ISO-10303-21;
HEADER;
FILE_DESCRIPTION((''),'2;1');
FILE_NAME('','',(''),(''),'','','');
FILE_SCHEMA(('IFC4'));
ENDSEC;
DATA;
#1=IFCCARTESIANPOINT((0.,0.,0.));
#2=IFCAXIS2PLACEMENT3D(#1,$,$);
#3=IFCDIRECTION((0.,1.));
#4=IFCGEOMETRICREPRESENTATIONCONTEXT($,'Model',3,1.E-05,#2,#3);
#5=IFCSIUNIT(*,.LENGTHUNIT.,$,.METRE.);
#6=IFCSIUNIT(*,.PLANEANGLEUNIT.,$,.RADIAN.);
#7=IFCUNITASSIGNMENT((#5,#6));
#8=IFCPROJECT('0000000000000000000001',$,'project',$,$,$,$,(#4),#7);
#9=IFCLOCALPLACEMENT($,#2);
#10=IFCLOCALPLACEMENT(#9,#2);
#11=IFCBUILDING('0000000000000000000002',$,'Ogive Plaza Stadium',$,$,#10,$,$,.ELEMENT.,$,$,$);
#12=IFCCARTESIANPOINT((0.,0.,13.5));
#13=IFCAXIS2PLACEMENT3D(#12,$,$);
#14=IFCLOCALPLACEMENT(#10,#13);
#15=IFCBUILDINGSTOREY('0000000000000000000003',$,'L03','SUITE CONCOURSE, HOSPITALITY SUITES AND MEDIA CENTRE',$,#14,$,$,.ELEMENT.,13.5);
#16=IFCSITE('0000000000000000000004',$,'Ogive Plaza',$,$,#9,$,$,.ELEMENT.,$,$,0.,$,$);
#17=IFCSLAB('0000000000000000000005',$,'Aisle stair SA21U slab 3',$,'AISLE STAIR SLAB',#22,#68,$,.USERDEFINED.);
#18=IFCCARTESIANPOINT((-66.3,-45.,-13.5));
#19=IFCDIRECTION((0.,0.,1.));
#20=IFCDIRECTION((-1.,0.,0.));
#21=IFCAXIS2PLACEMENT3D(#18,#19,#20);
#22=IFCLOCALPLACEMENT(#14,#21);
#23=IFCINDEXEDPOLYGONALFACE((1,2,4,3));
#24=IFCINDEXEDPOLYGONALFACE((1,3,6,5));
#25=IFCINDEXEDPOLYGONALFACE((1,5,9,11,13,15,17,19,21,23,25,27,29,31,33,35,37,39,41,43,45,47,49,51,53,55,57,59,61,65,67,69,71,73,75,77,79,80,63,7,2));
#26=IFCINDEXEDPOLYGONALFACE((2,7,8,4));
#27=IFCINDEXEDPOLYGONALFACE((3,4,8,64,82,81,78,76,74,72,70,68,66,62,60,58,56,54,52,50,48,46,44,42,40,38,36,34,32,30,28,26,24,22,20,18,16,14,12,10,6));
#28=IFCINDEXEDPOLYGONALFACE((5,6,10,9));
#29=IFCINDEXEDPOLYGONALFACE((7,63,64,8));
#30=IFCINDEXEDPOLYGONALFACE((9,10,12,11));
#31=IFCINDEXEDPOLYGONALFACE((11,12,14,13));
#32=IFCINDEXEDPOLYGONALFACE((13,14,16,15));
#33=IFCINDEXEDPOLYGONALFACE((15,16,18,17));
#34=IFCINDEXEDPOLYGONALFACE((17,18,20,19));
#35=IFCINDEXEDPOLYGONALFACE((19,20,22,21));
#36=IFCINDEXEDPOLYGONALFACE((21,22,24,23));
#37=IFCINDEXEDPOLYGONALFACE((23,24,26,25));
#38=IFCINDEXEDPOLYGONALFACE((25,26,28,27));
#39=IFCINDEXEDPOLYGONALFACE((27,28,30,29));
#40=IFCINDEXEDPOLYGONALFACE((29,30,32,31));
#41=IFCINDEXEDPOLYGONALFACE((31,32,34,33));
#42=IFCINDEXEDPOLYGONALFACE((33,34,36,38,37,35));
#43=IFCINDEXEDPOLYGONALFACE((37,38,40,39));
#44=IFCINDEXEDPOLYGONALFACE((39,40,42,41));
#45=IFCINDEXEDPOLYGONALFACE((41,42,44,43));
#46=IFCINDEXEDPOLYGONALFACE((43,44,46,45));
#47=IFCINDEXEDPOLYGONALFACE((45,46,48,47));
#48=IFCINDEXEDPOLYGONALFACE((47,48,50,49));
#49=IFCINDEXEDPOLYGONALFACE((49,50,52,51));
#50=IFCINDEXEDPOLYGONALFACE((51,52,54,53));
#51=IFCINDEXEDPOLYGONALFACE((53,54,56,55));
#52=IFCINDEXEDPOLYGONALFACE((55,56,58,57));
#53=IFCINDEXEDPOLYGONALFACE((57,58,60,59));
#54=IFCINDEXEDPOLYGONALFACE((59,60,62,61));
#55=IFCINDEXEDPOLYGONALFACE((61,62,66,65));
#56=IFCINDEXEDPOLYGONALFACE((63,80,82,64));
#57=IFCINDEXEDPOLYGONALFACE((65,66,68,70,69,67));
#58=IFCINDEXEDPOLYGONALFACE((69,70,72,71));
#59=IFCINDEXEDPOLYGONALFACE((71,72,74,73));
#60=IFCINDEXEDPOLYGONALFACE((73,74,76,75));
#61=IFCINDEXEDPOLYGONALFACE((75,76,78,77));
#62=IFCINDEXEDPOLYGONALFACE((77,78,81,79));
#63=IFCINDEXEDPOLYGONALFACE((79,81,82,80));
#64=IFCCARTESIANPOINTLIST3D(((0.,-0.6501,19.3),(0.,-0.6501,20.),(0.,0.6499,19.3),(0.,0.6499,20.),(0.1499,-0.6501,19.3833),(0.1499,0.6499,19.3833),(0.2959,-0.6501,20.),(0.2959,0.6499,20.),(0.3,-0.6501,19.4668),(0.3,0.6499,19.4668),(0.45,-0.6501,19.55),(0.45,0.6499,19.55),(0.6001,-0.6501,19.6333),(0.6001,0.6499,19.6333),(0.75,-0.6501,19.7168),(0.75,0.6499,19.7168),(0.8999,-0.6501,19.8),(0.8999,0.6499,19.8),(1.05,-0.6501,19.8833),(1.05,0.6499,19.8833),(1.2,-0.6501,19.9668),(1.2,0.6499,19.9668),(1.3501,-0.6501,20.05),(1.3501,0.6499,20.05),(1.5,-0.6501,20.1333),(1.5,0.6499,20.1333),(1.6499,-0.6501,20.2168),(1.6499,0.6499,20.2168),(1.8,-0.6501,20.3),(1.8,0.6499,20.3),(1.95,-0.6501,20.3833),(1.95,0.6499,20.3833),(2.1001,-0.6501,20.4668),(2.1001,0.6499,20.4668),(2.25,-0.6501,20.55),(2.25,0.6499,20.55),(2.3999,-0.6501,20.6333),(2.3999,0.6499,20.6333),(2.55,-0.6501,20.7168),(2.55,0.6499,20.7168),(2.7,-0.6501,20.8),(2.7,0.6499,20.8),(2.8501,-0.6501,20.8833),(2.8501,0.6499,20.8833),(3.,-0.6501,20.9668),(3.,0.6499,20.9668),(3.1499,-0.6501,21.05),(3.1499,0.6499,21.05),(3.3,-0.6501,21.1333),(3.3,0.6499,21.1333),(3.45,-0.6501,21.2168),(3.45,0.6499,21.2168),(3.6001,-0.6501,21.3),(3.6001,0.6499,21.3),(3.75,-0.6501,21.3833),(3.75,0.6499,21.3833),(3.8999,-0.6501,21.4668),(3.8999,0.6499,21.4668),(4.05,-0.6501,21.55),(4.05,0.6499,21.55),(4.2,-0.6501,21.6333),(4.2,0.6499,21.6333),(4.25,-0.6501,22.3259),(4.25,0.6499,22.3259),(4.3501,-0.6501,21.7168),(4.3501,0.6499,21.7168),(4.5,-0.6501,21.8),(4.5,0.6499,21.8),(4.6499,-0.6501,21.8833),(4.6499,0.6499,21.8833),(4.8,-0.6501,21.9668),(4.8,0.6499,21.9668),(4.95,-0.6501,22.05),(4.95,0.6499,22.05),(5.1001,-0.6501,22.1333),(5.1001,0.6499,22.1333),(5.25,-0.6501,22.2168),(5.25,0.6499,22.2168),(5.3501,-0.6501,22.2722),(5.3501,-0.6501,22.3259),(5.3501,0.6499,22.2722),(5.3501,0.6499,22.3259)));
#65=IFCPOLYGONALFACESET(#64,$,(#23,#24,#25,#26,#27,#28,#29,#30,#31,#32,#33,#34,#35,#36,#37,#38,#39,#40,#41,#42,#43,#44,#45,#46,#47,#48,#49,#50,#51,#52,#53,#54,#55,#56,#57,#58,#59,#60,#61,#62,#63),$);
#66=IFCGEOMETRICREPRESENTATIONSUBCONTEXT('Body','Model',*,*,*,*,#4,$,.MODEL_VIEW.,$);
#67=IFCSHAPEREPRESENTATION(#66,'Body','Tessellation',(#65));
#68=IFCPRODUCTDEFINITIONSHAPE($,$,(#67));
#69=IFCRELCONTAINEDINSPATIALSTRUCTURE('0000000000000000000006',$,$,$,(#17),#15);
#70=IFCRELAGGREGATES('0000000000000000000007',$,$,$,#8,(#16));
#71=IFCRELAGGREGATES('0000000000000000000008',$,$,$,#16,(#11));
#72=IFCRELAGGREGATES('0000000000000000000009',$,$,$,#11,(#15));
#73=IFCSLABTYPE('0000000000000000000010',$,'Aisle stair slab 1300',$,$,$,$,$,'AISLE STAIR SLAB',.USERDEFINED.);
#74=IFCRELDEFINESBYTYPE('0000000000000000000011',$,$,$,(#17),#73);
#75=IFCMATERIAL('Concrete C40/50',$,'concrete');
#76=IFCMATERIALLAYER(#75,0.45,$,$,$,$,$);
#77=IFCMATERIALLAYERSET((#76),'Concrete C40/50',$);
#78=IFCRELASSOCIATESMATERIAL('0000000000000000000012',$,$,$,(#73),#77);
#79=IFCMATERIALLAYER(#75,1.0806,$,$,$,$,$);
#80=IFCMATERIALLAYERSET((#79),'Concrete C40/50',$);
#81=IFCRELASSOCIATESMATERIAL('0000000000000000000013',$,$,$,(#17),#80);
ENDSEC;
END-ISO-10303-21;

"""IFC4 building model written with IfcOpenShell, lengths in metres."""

from ifc_helpers import new_model, si_unit, direction, frame, origin, place, context, subcontext, project, spatial, polyline, outline, extrude, material, layer, layer_set, type_object, element, save


model = new_model("IFC4")

# Units and contexts
model_context = context("Model", 3, precision=1e-05, world=origin(), true_north=direction((0.0, 1.0)))
body_context = subcontext(model_context, "Body", "Model", "MODEL_VIEW")
ifc_project = project(units=[si_unit("LENGTHUNIT", "METRE"), si_unit("PLANEANGLEUNIT", "RADIAN")], contexts=[model_context])

# Site, building, storey
site_placement = place(None, origin())
site = spatial("IfcSite", under=ifc_project, at=site_placement, Name="Ogive Plaza", CompositionType="ELEMENT", RefElevation=0.0)
building_placement = place(site_placement, origin())
building = spatial("IfcBuilding", under=site, at=building_placement, Name="Ogive Plaza Stadium", CompositionType="ELEMENT")
storey_placement = place(building_placement, frame((0.0, 0.0, 13.5)))
storey = spatial("IfcBuildingStorey", under=building, at=storey_placement, Name="L03", Description="SUITE CONCOURSE, HOSPITALITY SUITES AND MEDIA CENTRE", CompositionType="ELEMENT", Elevation=13.5)

# Slab
ifc_material_1 = material(Name="Concrete C40/50", Category="concrete")
ifc_layer_1 = layer(ifc_material_1, 1.0806)
ifc_layer_set_1 = layer_set([ifc_layer_1], Name="Concrete C40/50")
ifc_layer_2 = layer(ifc_material_1, 0.45)
ifc_layer_set_2 = layer_set([ifc_layer_2], Name="Concrete C40/50")
slab_type = type_object("IfcSlabType", Name="Aisle stair slab 1300", ElementType="AISLE STAIR SLAB", PredefinedType="USERDEFINED", material=ifc_layer_set_2)
slab_placement = place(storey_placement, frame((-66.3, -45.0, -13.5), z_axis=(0.0, 0.0, 1.0), x_axis=(-1.0, 0.0, 0.0)))
element("IfcSlab", 1, at=slab_placement, inside=storey, type_object=slab_type, material=ifc_layer_set_1, Name="Aisle stair SA21U slab 3", ObjectType="AISLE STAIR SLAB", PredefinedType="USERDEFINED", context=body_context, shape_type="SweptSolid", body=[
    extrude(outline(polyline([(0.0, 20.0), (0.2959, 20.0), (4.25, 22.3259), (5.3501, 22.3259), (5.3501, 22.2722), (5.25, 22.2168), (5.1001, 22.1333), (4.95, 22.05), (4.8, 21.9668), (4.6499, 21.8833), (4.5, 21.8), (4.3501, 21.7168), (4.2, 21.6333), (4.05, 21.55), (3.8999, 21.4668), (3.75, 21.3833), (3.6001, 21.3), (3.45, 21.2168), (3.3, 21.1333), (3.1499, 21.05), (3.0, 20.9668), (2.8501, 20.8833), (2.7, 20.8), (2.55, 20.7168), (2.3999, 20.6333), (2.25, 20.55), (2.1001, 20.4668), (1.95, 20.3833), (1.8, 20.3), (1.6499, 20.2168), (1.5, 20.1333), (1.3501, 20.05), (1.2, 19.9668), (1.05, 19.8833), (0.8999, 19.8), (0.75, 19.7168), (0.6001, 19.6333), (0.45, 19.55), (0.3, 19.4668), (0.1499, 19.3833), (0.0, 19.3), (0.0, 20.0)])), frame((0.0, 0.6499, 0.0), z_axis=(0.0, -1.0, 0.0), x_axis=(1.0, 0.0, 0.0)), (0.0, 0.0, 1.0), 1.3),
])

save(model, "model.ifc")
